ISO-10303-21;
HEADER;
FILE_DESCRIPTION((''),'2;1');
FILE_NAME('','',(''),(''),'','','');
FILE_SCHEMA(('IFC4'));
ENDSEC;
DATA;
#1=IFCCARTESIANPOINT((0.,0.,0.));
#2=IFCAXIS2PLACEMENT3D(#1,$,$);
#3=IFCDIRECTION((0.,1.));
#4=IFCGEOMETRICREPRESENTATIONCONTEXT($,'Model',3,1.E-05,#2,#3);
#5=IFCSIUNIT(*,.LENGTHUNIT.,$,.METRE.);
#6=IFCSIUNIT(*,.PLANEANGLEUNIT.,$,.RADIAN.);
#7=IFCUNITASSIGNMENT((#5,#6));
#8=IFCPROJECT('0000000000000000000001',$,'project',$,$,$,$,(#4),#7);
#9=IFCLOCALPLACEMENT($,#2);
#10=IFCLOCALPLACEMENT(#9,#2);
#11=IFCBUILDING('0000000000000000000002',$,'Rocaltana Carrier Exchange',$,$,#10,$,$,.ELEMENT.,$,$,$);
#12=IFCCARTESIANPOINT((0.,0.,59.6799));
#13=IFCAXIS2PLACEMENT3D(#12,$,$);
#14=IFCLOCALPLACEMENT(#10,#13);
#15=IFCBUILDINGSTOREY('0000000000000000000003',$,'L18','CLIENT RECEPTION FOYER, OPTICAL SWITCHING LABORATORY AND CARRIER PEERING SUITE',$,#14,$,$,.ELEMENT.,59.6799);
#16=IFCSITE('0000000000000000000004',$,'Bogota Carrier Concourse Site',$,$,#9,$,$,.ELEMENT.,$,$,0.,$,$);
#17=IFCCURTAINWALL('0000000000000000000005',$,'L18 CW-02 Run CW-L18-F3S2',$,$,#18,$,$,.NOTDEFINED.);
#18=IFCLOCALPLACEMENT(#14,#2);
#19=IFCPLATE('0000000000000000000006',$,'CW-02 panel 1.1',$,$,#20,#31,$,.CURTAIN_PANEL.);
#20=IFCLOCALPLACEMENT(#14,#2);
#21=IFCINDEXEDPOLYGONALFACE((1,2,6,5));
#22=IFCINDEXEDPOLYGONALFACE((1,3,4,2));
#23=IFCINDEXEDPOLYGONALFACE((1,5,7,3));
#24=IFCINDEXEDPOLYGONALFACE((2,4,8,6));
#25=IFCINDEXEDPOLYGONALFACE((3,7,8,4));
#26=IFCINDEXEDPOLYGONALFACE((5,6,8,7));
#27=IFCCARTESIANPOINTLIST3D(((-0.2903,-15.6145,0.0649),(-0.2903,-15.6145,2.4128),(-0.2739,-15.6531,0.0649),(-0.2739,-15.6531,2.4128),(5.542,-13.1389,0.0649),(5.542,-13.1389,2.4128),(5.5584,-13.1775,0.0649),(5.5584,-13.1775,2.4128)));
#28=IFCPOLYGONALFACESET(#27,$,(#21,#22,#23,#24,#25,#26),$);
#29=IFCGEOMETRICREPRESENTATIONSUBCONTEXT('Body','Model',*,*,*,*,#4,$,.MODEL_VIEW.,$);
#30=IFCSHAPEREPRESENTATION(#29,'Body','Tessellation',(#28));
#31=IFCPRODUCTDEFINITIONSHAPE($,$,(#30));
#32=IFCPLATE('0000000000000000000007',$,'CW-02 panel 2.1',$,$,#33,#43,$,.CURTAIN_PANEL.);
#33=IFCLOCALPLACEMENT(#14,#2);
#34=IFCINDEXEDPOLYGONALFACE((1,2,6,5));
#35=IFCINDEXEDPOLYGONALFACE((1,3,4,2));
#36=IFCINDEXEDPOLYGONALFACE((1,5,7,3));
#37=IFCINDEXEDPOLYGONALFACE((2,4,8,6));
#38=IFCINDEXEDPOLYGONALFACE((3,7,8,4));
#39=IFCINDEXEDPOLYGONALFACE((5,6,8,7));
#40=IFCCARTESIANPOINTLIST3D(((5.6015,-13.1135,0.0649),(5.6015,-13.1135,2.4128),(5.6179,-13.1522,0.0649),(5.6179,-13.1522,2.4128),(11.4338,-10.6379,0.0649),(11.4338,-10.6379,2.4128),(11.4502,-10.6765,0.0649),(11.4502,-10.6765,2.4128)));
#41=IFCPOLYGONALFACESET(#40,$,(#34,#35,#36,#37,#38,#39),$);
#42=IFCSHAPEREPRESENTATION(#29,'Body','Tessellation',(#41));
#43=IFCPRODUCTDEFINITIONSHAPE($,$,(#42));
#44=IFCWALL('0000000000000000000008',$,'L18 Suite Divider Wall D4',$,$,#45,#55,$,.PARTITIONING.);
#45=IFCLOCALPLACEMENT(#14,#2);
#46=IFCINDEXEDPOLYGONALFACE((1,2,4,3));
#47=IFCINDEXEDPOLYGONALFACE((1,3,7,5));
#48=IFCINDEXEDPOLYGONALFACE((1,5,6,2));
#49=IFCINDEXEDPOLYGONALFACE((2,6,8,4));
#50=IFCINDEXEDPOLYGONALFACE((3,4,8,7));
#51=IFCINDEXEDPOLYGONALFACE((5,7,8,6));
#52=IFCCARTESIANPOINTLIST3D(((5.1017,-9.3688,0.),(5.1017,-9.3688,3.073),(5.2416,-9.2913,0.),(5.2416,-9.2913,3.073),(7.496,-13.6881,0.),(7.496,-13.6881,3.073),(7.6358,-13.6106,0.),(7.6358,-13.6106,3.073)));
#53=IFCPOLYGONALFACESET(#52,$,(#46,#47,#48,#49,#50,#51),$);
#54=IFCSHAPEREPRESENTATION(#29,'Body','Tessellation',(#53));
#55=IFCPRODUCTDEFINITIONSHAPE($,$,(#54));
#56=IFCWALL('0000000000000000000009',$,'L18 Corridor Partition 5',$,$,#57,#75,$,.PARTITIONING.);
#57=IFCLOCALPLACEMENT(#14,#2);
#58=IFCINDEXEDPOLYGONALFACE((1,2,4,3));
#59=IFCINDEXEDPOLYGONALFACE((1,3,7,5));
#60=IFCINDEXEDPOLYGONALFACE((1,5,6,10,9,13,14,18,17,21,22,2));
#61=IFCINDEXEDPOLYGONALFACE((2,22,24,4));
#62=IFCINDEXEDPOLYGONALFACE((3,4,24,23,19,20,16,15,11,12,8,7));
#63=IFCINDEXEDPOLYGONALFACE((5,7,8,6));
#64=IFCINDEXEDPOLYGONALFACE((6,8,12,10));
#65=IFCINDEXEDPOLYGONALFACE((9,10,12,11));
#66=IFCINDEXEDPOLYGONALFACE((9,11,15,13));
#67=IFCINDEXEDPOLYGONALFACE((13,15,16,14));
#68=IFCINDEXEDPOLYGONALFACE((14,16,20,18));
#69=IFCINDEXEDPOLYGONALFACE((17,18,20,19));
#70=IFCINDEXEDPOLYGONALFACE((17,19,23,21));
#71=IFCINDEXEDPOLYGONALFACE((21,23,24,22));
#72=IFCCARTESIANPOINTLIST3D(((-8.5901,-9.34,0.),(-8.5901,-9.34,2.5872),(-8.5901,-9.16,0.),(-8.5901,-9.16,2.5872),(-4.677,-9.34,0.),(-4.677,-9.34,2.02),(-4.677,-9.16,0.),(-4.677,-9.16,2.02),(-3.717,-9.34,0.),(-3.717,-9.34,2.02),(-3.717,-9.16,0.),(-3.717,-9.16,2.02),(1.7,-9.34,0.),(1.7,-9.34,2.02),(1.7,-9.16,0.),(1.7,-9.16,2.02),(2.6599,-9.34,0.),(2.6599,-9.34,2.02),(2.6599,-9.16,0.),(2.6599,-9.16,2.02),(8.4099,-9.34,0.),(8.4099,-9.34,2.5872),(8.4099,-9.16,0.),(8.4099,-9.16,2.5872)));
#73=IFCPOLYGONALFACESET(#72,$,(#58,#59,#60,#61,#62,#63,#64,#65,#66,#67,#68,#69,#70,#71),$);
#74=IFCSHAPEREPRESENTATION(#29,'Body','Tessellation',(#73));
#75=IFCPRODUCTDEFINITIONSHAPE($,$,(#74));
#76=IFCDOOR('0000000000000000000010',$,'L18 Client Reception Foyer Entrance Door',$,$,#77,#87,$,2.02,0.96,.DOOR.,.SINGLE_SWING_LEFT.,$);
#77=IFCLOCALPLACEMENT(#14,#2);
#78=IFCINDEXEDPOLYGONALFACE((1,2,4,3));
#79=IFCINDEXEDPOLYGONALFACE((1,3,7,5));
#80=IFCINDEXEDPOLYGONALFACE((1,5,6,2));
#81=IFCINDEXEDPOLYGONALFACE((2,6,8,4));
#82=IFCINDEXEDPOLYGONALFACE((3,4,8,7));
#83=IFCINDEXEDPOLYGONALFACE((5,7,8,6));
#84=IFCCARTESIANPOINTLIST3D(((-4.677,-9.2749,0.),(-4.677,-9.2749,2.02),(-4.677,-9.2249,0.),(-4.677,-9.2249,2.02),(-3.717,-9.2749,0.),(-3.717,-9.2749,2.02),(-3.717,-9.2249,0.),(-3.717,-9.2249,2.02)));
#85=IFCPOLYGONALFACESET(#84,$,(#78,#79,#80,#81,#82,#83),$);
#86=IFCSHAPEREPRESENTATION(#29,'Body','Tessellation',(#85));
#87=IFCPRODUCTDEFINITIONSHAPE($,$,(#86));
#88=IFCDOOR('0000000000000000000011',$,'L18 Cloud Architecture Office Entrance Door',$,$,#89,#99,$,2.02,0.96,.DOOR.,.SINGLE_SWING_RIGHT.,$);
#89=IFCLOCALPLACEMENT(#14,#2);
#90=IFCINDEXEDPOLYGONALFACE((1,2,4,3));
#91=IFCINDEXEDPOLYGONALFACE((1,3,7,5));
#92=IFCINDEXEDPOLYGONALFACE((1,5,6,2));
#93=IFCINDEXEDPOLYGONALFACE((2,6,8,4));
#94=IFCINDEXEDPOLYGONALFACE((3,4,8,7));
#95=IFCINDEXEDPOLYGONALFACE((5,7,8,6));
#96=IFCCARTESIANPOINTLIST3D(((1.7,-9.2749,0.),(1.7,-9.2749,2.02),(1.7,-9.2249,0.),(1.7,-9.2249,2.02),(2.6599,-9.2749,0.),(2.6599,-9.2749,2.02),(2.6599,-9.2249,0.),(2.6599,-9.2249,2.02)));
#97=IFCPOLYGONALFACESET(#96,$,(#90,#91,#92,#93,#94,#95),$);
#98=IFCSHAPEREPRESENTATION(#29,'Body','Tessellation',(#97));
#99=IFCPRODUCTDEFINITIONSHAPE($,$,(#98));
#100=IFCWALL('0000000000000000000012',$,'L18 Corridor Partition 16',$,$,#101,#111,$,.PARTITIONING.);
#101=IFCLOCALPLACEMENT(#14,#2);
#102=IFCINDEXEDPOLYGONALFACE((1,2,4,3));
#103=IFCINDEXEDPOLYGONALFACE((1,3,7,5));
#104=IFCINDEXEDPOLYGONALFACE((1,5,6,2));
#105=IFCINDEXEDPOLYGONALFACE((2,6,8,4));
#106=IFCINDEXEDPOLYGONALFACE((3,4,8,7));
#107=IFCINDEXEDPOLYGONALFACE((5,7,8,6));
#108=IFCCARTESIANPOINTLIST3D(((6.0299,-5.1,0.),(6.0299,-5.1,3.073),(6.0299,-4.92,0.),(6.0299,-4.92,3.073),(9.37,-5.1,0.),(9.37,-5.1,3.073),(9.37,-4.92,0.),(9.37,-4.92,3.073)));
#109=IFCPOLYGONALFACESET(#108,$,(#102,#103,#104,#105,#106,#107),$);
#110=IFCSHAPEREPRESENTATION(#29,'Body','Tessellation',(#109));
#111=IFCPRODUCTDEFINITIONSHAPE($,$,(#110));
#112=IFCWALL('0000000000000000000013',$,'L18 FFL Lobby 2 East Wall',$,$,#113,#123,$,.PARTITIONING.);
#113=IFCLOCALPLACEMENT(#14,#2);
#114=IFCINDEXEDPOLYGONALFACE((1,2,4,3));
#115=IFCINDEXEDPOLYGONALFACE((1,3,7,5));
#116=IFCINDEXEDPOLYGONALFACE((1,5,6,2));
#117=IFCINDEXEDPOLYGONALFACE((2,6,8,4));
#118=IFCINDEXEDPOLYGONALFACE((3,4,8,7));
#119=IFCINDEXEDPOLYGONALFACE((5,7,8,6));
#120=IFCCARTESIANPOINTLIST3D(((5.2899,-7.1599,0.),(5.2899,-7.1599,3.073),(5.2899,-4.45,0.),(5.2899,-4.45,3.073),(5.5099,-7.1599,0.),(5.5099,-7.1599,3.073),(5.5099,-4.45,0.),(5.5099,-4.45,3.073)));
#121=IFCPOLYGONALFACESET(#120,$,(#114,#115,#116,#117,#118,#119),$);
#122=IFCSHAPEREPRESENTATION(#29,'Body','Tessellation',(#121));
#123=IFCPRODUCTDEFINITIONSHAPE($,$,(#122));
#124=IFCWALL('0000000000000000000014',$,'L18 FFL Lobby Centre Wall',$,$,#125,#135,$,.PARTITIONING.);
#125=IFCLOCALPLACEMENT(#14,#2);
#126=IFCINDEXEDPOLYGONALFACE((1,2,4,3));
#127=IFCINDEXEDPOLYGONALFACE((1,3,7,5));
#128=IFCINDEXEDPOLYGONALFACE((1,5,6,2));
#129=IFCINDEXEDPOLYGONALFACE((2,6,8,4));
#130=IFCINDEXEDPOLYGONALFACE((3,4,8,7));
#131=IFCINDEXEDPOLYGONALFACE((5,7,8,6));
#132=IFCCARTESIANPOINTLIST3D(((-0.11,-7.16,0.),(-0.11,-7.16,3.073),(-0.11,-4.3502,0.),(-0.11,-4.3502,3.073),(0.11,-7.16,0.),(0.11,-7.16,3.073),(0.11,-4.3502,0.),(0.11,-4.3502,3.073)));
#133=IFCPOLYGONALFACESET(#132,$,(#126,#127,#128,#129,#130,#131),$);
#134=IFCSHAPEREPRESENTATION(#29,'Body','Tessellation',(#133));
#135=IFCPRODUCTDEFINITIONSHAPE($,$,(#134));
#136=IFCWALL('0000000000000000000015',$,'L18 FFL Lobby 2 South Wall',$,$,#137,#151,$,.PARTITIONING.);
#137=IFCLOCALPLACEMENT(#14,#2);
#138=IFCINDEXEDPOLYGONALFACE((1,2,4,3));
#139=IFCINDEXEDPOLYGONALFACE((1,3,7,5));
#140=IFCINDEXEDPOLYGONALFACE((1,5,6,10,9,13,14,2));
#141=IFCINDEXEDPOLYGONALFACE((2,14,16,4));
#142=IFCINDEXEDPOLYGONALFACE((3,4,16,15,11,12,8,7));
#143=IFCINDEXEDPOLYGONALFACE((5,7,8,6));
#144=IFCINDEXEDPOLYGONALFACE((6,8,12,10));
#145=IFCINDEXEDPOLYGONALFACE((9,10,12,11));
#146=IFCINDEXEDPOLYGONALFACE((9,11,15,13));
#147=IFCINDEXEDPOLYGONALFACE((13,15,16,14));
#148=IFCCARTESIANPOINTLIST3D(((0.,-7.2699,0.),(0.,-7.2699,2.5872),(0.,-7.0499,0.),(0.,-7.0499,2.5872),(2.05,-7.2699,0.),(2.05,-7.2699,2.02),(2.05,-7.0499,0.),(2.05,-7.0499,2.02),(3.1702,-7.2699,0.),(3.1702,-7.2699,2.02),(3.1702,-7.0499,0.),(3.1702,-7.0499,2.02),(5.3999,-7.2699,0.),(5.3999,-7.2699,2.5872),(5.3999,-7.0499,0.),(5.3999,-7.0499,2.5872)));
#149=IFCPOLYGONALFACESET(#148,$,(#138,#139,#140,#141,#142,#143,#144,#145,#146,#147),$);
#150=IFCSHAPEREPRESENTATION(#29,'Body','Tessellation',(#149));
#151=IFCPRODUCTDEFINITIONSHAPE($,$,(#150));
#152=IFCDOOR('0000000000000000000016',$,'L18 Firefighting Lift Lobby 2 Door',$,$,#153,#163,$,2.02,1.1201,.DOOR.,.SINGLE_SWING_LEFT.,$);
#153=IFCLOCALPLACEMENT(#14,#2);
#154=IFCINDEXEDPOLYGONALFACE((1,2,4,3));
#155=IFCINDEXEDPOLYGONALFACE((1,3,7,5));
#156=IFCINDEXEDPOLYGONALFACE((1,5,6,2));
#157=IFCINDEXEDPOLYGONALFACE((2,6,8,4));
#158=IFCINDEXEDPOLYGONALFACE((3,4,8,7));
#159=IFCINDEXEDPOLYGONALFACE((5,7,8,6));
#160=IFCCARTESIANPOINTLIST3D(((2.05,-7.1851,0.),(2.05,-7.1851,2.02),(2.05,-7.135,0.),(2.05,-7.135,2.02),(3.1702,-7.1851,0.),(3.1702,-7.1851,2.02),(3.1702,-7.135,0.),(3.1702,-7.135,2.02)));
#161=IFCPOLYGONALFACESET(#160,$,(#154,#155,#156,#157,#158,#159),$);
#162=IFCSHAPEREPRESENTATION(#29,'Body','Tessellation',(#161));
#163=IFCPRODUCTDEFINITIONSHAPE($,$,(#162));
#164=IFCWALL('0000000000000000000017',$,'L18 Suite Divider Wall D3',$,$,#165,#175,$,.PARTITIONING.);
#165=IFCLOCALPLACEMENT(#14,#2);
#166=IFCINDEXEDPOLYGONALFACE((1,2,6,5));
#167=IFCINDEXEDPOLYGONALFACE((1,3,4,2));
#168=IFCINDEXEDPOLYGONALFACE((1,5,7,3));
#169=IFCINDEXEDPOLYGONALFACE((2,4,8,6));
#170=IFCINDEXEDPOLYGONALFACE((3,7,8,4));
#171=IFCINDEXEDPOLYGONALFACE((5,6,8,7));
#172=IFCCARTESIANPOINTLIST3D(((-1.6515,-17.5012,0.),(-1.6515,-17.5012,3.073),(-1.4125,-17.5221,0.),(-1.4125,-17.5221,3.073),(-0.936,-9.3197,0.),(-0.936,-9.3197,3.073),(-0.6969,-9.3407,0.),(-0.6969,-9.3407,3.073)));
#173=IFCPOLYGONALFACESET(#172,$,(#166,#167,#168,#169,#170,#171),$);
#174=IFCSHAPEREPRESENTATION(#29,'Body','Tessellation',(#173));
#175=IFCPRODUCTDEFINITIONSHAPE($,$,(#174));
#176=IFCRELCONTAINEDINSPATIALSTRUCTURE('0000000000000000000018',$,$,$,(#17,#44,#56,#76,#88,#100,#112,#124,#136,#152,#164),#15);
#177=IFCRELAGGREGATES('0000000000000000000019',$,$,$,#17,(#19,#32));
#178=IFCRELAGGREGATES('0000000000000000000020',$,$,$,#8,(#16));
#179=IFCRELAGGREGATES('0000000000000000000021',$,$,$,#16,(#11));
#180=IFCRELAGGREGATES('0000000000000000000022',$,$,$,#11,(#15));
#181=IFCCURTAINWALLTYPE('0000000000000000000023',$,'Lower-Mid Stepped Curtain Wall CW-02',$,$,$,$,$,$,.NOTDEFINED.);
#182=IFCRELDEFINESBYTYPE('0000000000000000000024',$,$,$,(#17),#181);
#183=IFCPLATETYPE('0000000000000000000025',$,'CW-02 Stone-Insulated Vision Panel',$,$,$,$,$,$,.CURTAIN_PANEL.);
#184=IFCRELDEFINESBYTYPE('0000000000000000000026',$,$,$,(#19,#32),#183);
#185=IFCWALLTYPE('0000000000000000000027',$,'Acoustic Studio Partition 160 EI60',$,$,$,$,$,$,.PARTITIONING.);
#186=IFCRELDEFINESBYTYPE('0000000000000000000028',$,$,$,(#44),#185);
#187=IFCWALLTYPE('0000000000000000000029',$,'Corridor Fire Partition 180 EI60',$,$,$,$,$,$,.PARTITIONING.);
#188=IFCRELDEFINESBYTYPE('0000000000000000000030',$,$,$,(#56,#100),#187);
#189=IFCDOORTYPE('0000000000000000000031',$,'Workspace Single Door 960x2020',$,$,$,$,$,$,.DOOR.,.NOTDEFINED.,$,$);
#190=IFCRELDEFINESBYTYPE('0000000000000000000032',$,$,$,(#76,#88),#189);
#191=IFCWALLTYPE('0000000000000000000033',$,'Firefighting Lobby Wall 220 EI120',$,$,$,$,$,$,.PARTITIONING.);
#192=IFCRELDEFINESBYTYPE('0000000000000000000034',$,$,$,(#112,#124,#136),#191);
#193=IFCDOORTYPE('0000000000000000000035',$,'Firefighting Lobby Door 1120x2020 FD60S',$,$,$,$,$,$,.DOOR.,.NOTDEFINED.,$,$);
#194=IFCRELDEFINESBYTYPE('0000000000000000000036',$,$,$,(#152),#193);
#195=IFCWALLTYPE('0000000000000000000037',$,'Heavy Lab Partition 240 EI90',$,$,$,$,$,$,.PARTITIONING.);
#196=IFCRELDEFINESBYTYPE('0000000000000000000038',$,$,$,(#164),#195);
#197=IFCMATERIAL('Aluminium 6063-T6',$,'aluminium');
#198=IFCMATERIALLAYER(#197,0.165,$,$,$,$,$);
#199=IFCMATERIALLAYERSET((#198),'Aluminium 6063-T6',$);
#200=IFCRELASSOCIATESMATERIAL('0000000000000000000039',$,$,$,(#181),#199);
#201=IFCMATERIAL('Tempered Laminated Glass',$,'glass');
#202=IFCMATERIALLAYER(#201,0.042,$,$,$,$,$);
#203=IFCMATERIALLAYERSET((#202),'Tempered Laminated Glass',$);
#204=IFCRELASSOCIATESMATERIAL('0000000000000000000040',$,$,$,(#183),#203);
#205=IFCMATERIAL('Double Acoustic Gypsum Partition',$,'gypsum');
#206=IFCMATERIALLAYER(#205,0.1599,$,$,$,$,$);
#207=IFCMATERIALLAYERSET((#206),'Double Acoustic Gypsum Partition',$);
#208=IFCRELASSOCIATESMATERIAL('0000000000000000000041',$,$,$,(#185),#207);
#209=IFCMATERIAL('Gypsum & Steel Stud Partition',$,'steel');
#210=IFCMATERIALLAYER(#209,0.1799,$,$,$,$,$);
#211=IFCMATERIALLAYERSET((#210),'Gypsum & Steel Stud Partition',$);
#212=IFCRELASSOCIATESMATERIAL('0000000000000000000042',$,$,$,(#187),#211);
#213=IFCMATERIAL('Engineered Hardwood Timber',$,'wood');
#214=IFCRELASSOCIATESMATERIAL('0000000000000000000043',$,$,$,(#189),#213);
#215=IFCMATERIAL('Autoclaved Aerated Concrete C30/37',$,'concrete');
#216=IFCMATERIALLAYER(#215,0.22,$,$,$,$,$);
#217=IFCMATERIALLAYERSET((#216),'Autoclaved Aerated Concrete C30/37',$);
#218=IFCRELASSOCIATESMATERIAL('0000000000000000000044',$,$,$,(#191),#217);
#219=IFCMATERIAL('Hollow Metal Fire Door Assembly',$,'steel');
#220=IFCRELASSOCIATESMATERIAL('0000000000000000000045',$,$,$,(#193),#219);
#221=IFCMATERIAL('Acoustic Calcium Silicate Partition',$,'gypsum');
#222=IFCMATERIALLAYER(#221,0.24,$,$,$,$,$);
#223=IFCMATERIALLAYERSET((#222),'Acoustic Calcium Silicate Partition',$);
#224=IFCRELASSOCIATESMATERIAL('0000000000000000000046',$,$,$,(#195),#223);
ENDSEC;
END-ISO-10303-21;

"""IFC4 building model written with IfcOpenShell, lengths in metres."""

from ifc_helpers import new_model, si_unit, direction, frame, frame_2d, origin, origin_2d, place, context, subcontext, project, spatial, rectangle, extrude, material, layer, layer_set, type_object, element, fill, aggregate, save


model = new_model("IFC4")

# Units and contexts
model_context = context("Model", 3, precision=1e-05, world=origin(), true_north=direction((0.0, 1.0)))
body_context = subcontext(model_context, "Body", "Model", "MODEL_VIEW")
ifc_project = project(units=[si_unit("LENGTHUNIT", "METRE"), si_unit("PLANEANGLEUNIT", "RADIAN")], contexts=[model_context])

# Site, building, storey
site_placement = place(None, origin())
site = spatial("IfcSite", under=ifc_project, at=site_placement, Name="Bogota Carrier Concourse Site", CompositionType="ELEMENT", RefElevation=0.0)
building_placement = place(site_placement, origin())
building = spatial("IfcBuilding", under=site, at=building_placement, Name="Rocaltana Carrier Exchange", CompositionType="ELEMENT")
storey_placement = place(building_placement, frame((0.0, 0.0, 59.6799)))
storey = spatial("IfcBuildingStorey", under=building, at=storey_placement, Name="L18", Description="CLIENT RECEPTION FOYER, OPTICAL SWITCHING LABORATORY AND CARRIER PEERING SUITE", CompositionType="ELEMENT", Elevation=59.6799)

# Curtain wall
ifc_material_1 = material(Name="Aluminium 6063-T6", Category="aluminium")
ifc_layer_1 = layer(ifc_material_1, 0.165)
ifc_layer_set_1 = layer_set([ifc_layer_1], Name="Aluminium 6063-T6")
curtain_wall_type = type_object("IfcCurtainWallType", Name="Lower-Mid Stepped Curtain Wall CW-02", PredefinedType="NOTDEFINED", material=ifc_layer_set_1)
curtain_wall_placement = place(storey_placement, origin())
curtain_wall = element("IfcCurtainWall", 1, at=curtain_wall_placement, inside=storey, type_object=curtain_wall_type, Name="L18 CW-02 Run CW-L18-F3S2", PredefinedType="NOTDEFINED")

# Plates
ifc_material_2 = material(Name="Tempered Laminated Glass", Category="glass")
ifc_layer_2 = layer(ifc_material_2, 0.042)
ifc_layer_set_2 = layer_set([ifc_layer_2], Name="Tempered Laminated Glass")
plate_type = type_object("IfcPlateType", Name="CW-02 Stone-Insulated Vision Panel", PredefinedType="CURTAIN_PANEL", material=ifc_layer_set_2)
plate_1_placement = place(storey_placement, frame((2.634, -14.396, 0.0649), z_axis=(0.0, 0.0, 1.0), x_axis=(0.920506, 0.390729, 0.0)))
plate_1 = element("IfcPlate", 2, at=plate_1_placement, type_object=plate_type, Name="CW-02 panel 1.1", PredefinedType="CURTAIN_PANEL", context=body_context, shape_type="SweptSolid", body=[
    extrude(rectangle(XDim=6.3359, YDim=0.042, at=origin_2d()), origin(), (0.0, 0.0, 1.0), 2.3479),
])
plate_2_placement = place(storey_placement, frame((8.5259, -11.895, 0.0649), z_axis=(0.0, 0.0, 1.0), x_axis=(0.920506, 0.390729, 0.0)))
plate_2 = element("IfcPlate", 3, at=plate_2_placement, type_object=plate_type, Name="CW-02 panel 2.1", PredefinedType="CURTAIN_PANEL", context=body_context, shape_type="SweptSolid", body=[
    extrude(rectangle(XDim=6.3359, YDim=0.042, at=origin_2d()), origin(), (0.0, 0.0, 1.0), 2.3479),
])
aggregate(curtain_wall, [plate_1, plate_2])

# Wall
ifc_material_3 = material(Name="Double Acoustic Gypsum Partition", Category="gypsum")
ifc_layer_3 = layer(ifc_material_3, 0.1599)
ifc_layer_set_3 = layer_set([ifc_layer_3], Name="Double Acoustic Gypsum Partition")
wall_type_1 = type_object("IfcWallType", Name="Acoustic Studio Partition 160 EI60", PredefinedType="PARTITIONING", material=ifc_layer_set_3)
wall_1_placement = place(storey_placement, frame((5.1716, -9.3301, 0.0), z_axis=(0.0, 0.0, 1.0), x_axis=(0.484816, -0.874616, 0.0)))
element("IfcWall", 4, at=wall_1_placement, inside=storey, type_object=wall_type_1, Name="L18 Suite Divider Wall D4", PredefinedType="PARTITIONING", context=body_context, shape_type="SweptSolid", body=[
    extrude(rectangle(XDim=4.9385, YDim=0.1599, at=frame_2d((2.4692, 0.0))), origin(), (0.0, 0.0, 1.0), 3.073),
])

# Wall, openings, doors
ifc_material_4 = material(Name="Gypsum & Steel Stud Partition", Category="steel")
ifc_layer_4 = layer(ifc_material_4, 0.1799)
ifc_layer_set_4 = layer_set([ifc_layer_4], Name="Gypsum & Steel Stud Partition")
wall_type_2 = type_object("IfcWallType", Name="Corridor Fire Partition 180 EI60", PredefinedType="PARTITIONING", material=ifc_layer_set_4)
wall_2_placement = place(storey_placement, frame((8.4099, -9.25, 0.0), z_axis=(0.0, 0.0, 1.0), x_axis=(-1.0, 0.0, 0.0)))
wall_2 = element("IfcWall", 5, at=wall_2_placement, inside=storey, type_object=wall_type_2, Name="L18 Corridor Partition 5", PredefinedType="PARTITIONING", context=body_context, shape_type="SweptSolid", body=[
    extrude(rectangle(XDim=17.0, YDim=0.1799, at=frame_2d((8.5, 0.0))), origin(), (0.0, 0.0, 1.0), 2.5872),
])
opening_1_placement = place(wall_2_placement, frame((12.127, 0.0, 0.0)))
opening_1 = element("IfcOpeningElement", 6, at=opening_1_placement, cuts=wall_2, PredefinedType="OPENING", context=body_context, shape_type="SweptSolid", body=[
    extrude(rectangle(XDim=0.96, YDim=2.02, at=frame_2d((0.48, 1.01))), frame((0.0, 0.0999, 0.0), z_axis=(0.0, -1.0, 0.0), x_axis=(1.0, 0.0, 0.0)), (0.0, 0.0, 1.0), 0.2),
])
opening_2_placement = place(wall_2_placement, frame((5.75, 0.0, 0.0)))
opening_2 = element("IfcOpeningElement", 7, at=opening_2_placement, cuts=wall_2, PredefinedType="OPENING", context=body_context, shape_type="SweptSolid", body=[
    extrude(rectangle(XDim=0.96, YDim=2.02, at=frame_2d((0.48, 1.01))), frame((0.0, 0.0999, 0.0), z_axis=(0.0, -1.0, 0.0), x_axis=(1.0, 0.0, 0.0)), (0.0, 0.0, 1.0), 0.2),
])
ifc_material_5 = material(Name="Engineered Hardwood Timber", Category="wood")
door_type_1 = type_object("IfcDoorType", Name="Workspace Single Door 960x2020", OperationType="NOTDEFINED", PredefinedType="DOOR", material=ifc_material_5)
door_1_placement = place(opening_1_placement, origin())
door_1 = element("IfcDoor", 8, at=door_1_placement, inside=storey, type_object=door_type_1, Name="L18 Client Reception Foyer Entrance Door", OperationType="SINGLE_SWING_LEFT", OverallHeight=2.02, OverallWidth=0.96, PredefinedType="DOOR", context=body_context, shape_type="SweptSolid", body=[
    extrude(rectangle(XDim=0.96, YDim=2.02, at=frame_2d((0.48, 1.01))), frame((0.0, 0.0249, 0.0), z_axis=(0.0, -1.0, 0.0), x_axis=(1.0, 0.0, 0.0)), (0.0, 0.0, 1.0), 0.05),
])
fill(opening_1, door_1)
door_2_placement = place(opening_2_placement, origin())
door_2 = element("IfcDoor", 9, at=door_2_placement, inside=storey, type_object=door_type_1, Name="L18 Cloud Architecture Office Entrance Door", OperationType="SINGLE_SWING_RIGHT", OverallHeight=2.02, OverallWidth=0.96, PredefinedType="DOOR", context=body_context, shape_type="SweptSolid", body=[
    extrude(rectangle(XDim=0.96, YDim=2.02, at=frame_2d((0.48, 1.01))), frame((0.0, 0.0249, 0.0), z_axis=(0.0, -1.0, 0.0), x_axis=(1.0, 0.0, 0.0)), (0.0, 0.0, 1.0), 0.05),
])
fill(opening_2, door_2)

# Walls
wall_3_placement = place(storey_placement, frame((6.03, -5.01, 0.0), z_axis=(0.0, 0.0, 1.0), x_axis=(1.0, 0.0, 0.0)))
element("IfcWall", 10, at=wall_3_placement, inside=storey, type_object=wall_type_2, Name="L18 Corridor Partition 16", PredefinedType="PARTITIONING", context=body_context, shape_type="SweptSolid", body=[
    extrude(rectangle(XDim=3.3401, YDim=0.1799, at=frame_2d((1.6699, 0.0))), origin(), (0.0, 0.0, 1.0), 3.073),
])
ifc_material_6 = material(Name="Autoclaved Aerated Concrete C30/37", Category="concrete")
ifc_layer_5 = layer(ifc_material_6, 0.22)
ifc_layer_set_5 = layer_set([ifc_layer_5], Name="Autoclaved Aerated Concrete C30/37")
wall_type_3 = type_object("IfcWallType", Name="Firefighting Lobby Wall 220 EI120", PredefinedType="PARTITIONING", material=ifc_layer_set_5)
wall_4_placement = place(storey_placement, frame((5.3999, -7.1599, 0.0), z_axis=(0.0, 0.0, 1.0), x_axis=(0.0, 1.0, 0.0)))
element("IfcWall", 11, at=wall_4_placement, inside=storey, type_object=wall_type_3, Name="L18 FFL Lobby 2 East Wall", PredefinedType="PARTITIONING", context=body_context, shape_type="SweptSolid", body=[
    extrude(rectangle(XDim=2.71, YDim=0.22, at=frame_2d((1.355, 0.0))), origin(), (0.0, 0.0, 1.0), 3.073),
])
wall_5_placement = place(storey_placement, frame((0.0, -7.1599, 0.0), z_axis=(0.0, 0.0, 1.0), x_axis=(0.0, 1.0, 0.0)))
element("IfcWall", 12, at=wall_5_placement, inside=storey, type_object=wall_type_3, Name="L18 FFL Lobby Centre Wall", PredefinedType="PARTITIONING", context=body_context, shape_type="SweptSolid", body=[
    extrude(rectangle(XDim=2.8098, YDim=0.22, at=frame_2d((1.4048, 0.0))), origin(), (0.0, 0.0, 1.0), 3.073),
])

# Wall, opening, door
wall_6_placement = place(storey_placement, frame((0.0, -7.1599, 0.0), z_axis=(0.0, 0.0, 1.0), x_axis=(1.0, 0.0, 0.0)))
wall_6 = element("IfcWall", 13, at=wall_6_placement, inside=storey, type_object=wall_type_3, Name="L18 FFL Lobby 2 South Wall", PredefinedType="PARTITIONING", context=body_context, shape_type="SweptSolid", body=[
    extrude(rectangle(XDim=5.3999, YDim=0.22, at=frame_2d((2.7, 0.0))), origin(), (0.0, 0.0, 1.0), 2.5872),
])
opening_3_placement = place(wall_6_placement, frame((2.05, 0.0, 0.0)))
opening_3 = element("IfcOpeningElement", 14, at=opening_3_placement, cuts=wall_6, PredefinedType="OPENING", context=body_context, shape_type="SweptSolid", body=[
    extrude(rectangle(XDim=1.1201, YDim=2.02, at=frame_2d((0.5601, 1.01))), frame((0.0, 0.1199, 0.0), z_axis=(0.0, -1.0, 0.0), x_axis=(1.0, 0.0, 0.0)), (0.0, 0.0, 1.0), 0.24),
])
ifc_material_7 = material(Name="Hollow Metal Fire Door Assembly", Category="steel")
door_type_2 = type_object("IfcDoorType", Name="Firefighting Lobby Door 1120x2020 FD60S", OperationType="NOTDEFINED", PredefinedType="DOOR", material=ifc_material_7)
door_3_placement = place(opening_3_placement, origin())
door_3 = element("IfcDoor", 15, at=door_3_placement, inside=storey, type_object=door_type_2, Name="L18 Firefighting Lift Lobby 2 Door", OperationType="SINGLE_SWING_LEFT", OverallHeight=2.02, OverallWidth=1.1201, PredefinedType="DOOR", context=body_context, shape_type="SweptSolid", body=[
    extrude(rectangle(XDim=1.1201, YDim=2.02, at=frame_2d((0.5601, 1.01))), frame((0.0, 0.0249, 0.0), z_axis=(0.0, -1.0, 0.0), x_axis=(1.0, 0.0, 0.0)), (0.0, 0.0, 1.0), 0.05),
])
fill(opening_3, door_3)

# Wall
ifc_material_8 = material(Name="Acoustic Calcium Silicate Partition", Category="gypsum")
ifc_layer_6 = layer(ifc_material_8, 0.24)
ifc_layer_set_6 = layer_set([ifc_layer_6], Name="Acoustic Calcium Silicate Partition")
wall_type_4 = type_object("IfcWallType", Name="Heavy Lab Partition 240 EI90", PredefinedType="PARTITIONING", material=ifc_layer_set_6)
wall_7_placement = place(storey_placement, frame((-0.8164, -9.3301, 0.0), z_axis=(0.0, 0.0, 1.0), x_axis=(-0.087131, -0.996197, 0.0)))
element("IfcWall", 16, at=wall_7_placement, inside=storey, type_object=wall_type_4, Name="L18 Suite Divider Wall D3", PredefinedType="PARTITIONING", context=body_context, shape_type="SweptSolid", body=[
    extrude(rectangle(XDim=8.2126, YDim=0.24, at=frame_2d((4.1064, 0.0))), origin(), (0.0, 0.0, 1.0), 3.073),
])

save(model, "model.ifc")
